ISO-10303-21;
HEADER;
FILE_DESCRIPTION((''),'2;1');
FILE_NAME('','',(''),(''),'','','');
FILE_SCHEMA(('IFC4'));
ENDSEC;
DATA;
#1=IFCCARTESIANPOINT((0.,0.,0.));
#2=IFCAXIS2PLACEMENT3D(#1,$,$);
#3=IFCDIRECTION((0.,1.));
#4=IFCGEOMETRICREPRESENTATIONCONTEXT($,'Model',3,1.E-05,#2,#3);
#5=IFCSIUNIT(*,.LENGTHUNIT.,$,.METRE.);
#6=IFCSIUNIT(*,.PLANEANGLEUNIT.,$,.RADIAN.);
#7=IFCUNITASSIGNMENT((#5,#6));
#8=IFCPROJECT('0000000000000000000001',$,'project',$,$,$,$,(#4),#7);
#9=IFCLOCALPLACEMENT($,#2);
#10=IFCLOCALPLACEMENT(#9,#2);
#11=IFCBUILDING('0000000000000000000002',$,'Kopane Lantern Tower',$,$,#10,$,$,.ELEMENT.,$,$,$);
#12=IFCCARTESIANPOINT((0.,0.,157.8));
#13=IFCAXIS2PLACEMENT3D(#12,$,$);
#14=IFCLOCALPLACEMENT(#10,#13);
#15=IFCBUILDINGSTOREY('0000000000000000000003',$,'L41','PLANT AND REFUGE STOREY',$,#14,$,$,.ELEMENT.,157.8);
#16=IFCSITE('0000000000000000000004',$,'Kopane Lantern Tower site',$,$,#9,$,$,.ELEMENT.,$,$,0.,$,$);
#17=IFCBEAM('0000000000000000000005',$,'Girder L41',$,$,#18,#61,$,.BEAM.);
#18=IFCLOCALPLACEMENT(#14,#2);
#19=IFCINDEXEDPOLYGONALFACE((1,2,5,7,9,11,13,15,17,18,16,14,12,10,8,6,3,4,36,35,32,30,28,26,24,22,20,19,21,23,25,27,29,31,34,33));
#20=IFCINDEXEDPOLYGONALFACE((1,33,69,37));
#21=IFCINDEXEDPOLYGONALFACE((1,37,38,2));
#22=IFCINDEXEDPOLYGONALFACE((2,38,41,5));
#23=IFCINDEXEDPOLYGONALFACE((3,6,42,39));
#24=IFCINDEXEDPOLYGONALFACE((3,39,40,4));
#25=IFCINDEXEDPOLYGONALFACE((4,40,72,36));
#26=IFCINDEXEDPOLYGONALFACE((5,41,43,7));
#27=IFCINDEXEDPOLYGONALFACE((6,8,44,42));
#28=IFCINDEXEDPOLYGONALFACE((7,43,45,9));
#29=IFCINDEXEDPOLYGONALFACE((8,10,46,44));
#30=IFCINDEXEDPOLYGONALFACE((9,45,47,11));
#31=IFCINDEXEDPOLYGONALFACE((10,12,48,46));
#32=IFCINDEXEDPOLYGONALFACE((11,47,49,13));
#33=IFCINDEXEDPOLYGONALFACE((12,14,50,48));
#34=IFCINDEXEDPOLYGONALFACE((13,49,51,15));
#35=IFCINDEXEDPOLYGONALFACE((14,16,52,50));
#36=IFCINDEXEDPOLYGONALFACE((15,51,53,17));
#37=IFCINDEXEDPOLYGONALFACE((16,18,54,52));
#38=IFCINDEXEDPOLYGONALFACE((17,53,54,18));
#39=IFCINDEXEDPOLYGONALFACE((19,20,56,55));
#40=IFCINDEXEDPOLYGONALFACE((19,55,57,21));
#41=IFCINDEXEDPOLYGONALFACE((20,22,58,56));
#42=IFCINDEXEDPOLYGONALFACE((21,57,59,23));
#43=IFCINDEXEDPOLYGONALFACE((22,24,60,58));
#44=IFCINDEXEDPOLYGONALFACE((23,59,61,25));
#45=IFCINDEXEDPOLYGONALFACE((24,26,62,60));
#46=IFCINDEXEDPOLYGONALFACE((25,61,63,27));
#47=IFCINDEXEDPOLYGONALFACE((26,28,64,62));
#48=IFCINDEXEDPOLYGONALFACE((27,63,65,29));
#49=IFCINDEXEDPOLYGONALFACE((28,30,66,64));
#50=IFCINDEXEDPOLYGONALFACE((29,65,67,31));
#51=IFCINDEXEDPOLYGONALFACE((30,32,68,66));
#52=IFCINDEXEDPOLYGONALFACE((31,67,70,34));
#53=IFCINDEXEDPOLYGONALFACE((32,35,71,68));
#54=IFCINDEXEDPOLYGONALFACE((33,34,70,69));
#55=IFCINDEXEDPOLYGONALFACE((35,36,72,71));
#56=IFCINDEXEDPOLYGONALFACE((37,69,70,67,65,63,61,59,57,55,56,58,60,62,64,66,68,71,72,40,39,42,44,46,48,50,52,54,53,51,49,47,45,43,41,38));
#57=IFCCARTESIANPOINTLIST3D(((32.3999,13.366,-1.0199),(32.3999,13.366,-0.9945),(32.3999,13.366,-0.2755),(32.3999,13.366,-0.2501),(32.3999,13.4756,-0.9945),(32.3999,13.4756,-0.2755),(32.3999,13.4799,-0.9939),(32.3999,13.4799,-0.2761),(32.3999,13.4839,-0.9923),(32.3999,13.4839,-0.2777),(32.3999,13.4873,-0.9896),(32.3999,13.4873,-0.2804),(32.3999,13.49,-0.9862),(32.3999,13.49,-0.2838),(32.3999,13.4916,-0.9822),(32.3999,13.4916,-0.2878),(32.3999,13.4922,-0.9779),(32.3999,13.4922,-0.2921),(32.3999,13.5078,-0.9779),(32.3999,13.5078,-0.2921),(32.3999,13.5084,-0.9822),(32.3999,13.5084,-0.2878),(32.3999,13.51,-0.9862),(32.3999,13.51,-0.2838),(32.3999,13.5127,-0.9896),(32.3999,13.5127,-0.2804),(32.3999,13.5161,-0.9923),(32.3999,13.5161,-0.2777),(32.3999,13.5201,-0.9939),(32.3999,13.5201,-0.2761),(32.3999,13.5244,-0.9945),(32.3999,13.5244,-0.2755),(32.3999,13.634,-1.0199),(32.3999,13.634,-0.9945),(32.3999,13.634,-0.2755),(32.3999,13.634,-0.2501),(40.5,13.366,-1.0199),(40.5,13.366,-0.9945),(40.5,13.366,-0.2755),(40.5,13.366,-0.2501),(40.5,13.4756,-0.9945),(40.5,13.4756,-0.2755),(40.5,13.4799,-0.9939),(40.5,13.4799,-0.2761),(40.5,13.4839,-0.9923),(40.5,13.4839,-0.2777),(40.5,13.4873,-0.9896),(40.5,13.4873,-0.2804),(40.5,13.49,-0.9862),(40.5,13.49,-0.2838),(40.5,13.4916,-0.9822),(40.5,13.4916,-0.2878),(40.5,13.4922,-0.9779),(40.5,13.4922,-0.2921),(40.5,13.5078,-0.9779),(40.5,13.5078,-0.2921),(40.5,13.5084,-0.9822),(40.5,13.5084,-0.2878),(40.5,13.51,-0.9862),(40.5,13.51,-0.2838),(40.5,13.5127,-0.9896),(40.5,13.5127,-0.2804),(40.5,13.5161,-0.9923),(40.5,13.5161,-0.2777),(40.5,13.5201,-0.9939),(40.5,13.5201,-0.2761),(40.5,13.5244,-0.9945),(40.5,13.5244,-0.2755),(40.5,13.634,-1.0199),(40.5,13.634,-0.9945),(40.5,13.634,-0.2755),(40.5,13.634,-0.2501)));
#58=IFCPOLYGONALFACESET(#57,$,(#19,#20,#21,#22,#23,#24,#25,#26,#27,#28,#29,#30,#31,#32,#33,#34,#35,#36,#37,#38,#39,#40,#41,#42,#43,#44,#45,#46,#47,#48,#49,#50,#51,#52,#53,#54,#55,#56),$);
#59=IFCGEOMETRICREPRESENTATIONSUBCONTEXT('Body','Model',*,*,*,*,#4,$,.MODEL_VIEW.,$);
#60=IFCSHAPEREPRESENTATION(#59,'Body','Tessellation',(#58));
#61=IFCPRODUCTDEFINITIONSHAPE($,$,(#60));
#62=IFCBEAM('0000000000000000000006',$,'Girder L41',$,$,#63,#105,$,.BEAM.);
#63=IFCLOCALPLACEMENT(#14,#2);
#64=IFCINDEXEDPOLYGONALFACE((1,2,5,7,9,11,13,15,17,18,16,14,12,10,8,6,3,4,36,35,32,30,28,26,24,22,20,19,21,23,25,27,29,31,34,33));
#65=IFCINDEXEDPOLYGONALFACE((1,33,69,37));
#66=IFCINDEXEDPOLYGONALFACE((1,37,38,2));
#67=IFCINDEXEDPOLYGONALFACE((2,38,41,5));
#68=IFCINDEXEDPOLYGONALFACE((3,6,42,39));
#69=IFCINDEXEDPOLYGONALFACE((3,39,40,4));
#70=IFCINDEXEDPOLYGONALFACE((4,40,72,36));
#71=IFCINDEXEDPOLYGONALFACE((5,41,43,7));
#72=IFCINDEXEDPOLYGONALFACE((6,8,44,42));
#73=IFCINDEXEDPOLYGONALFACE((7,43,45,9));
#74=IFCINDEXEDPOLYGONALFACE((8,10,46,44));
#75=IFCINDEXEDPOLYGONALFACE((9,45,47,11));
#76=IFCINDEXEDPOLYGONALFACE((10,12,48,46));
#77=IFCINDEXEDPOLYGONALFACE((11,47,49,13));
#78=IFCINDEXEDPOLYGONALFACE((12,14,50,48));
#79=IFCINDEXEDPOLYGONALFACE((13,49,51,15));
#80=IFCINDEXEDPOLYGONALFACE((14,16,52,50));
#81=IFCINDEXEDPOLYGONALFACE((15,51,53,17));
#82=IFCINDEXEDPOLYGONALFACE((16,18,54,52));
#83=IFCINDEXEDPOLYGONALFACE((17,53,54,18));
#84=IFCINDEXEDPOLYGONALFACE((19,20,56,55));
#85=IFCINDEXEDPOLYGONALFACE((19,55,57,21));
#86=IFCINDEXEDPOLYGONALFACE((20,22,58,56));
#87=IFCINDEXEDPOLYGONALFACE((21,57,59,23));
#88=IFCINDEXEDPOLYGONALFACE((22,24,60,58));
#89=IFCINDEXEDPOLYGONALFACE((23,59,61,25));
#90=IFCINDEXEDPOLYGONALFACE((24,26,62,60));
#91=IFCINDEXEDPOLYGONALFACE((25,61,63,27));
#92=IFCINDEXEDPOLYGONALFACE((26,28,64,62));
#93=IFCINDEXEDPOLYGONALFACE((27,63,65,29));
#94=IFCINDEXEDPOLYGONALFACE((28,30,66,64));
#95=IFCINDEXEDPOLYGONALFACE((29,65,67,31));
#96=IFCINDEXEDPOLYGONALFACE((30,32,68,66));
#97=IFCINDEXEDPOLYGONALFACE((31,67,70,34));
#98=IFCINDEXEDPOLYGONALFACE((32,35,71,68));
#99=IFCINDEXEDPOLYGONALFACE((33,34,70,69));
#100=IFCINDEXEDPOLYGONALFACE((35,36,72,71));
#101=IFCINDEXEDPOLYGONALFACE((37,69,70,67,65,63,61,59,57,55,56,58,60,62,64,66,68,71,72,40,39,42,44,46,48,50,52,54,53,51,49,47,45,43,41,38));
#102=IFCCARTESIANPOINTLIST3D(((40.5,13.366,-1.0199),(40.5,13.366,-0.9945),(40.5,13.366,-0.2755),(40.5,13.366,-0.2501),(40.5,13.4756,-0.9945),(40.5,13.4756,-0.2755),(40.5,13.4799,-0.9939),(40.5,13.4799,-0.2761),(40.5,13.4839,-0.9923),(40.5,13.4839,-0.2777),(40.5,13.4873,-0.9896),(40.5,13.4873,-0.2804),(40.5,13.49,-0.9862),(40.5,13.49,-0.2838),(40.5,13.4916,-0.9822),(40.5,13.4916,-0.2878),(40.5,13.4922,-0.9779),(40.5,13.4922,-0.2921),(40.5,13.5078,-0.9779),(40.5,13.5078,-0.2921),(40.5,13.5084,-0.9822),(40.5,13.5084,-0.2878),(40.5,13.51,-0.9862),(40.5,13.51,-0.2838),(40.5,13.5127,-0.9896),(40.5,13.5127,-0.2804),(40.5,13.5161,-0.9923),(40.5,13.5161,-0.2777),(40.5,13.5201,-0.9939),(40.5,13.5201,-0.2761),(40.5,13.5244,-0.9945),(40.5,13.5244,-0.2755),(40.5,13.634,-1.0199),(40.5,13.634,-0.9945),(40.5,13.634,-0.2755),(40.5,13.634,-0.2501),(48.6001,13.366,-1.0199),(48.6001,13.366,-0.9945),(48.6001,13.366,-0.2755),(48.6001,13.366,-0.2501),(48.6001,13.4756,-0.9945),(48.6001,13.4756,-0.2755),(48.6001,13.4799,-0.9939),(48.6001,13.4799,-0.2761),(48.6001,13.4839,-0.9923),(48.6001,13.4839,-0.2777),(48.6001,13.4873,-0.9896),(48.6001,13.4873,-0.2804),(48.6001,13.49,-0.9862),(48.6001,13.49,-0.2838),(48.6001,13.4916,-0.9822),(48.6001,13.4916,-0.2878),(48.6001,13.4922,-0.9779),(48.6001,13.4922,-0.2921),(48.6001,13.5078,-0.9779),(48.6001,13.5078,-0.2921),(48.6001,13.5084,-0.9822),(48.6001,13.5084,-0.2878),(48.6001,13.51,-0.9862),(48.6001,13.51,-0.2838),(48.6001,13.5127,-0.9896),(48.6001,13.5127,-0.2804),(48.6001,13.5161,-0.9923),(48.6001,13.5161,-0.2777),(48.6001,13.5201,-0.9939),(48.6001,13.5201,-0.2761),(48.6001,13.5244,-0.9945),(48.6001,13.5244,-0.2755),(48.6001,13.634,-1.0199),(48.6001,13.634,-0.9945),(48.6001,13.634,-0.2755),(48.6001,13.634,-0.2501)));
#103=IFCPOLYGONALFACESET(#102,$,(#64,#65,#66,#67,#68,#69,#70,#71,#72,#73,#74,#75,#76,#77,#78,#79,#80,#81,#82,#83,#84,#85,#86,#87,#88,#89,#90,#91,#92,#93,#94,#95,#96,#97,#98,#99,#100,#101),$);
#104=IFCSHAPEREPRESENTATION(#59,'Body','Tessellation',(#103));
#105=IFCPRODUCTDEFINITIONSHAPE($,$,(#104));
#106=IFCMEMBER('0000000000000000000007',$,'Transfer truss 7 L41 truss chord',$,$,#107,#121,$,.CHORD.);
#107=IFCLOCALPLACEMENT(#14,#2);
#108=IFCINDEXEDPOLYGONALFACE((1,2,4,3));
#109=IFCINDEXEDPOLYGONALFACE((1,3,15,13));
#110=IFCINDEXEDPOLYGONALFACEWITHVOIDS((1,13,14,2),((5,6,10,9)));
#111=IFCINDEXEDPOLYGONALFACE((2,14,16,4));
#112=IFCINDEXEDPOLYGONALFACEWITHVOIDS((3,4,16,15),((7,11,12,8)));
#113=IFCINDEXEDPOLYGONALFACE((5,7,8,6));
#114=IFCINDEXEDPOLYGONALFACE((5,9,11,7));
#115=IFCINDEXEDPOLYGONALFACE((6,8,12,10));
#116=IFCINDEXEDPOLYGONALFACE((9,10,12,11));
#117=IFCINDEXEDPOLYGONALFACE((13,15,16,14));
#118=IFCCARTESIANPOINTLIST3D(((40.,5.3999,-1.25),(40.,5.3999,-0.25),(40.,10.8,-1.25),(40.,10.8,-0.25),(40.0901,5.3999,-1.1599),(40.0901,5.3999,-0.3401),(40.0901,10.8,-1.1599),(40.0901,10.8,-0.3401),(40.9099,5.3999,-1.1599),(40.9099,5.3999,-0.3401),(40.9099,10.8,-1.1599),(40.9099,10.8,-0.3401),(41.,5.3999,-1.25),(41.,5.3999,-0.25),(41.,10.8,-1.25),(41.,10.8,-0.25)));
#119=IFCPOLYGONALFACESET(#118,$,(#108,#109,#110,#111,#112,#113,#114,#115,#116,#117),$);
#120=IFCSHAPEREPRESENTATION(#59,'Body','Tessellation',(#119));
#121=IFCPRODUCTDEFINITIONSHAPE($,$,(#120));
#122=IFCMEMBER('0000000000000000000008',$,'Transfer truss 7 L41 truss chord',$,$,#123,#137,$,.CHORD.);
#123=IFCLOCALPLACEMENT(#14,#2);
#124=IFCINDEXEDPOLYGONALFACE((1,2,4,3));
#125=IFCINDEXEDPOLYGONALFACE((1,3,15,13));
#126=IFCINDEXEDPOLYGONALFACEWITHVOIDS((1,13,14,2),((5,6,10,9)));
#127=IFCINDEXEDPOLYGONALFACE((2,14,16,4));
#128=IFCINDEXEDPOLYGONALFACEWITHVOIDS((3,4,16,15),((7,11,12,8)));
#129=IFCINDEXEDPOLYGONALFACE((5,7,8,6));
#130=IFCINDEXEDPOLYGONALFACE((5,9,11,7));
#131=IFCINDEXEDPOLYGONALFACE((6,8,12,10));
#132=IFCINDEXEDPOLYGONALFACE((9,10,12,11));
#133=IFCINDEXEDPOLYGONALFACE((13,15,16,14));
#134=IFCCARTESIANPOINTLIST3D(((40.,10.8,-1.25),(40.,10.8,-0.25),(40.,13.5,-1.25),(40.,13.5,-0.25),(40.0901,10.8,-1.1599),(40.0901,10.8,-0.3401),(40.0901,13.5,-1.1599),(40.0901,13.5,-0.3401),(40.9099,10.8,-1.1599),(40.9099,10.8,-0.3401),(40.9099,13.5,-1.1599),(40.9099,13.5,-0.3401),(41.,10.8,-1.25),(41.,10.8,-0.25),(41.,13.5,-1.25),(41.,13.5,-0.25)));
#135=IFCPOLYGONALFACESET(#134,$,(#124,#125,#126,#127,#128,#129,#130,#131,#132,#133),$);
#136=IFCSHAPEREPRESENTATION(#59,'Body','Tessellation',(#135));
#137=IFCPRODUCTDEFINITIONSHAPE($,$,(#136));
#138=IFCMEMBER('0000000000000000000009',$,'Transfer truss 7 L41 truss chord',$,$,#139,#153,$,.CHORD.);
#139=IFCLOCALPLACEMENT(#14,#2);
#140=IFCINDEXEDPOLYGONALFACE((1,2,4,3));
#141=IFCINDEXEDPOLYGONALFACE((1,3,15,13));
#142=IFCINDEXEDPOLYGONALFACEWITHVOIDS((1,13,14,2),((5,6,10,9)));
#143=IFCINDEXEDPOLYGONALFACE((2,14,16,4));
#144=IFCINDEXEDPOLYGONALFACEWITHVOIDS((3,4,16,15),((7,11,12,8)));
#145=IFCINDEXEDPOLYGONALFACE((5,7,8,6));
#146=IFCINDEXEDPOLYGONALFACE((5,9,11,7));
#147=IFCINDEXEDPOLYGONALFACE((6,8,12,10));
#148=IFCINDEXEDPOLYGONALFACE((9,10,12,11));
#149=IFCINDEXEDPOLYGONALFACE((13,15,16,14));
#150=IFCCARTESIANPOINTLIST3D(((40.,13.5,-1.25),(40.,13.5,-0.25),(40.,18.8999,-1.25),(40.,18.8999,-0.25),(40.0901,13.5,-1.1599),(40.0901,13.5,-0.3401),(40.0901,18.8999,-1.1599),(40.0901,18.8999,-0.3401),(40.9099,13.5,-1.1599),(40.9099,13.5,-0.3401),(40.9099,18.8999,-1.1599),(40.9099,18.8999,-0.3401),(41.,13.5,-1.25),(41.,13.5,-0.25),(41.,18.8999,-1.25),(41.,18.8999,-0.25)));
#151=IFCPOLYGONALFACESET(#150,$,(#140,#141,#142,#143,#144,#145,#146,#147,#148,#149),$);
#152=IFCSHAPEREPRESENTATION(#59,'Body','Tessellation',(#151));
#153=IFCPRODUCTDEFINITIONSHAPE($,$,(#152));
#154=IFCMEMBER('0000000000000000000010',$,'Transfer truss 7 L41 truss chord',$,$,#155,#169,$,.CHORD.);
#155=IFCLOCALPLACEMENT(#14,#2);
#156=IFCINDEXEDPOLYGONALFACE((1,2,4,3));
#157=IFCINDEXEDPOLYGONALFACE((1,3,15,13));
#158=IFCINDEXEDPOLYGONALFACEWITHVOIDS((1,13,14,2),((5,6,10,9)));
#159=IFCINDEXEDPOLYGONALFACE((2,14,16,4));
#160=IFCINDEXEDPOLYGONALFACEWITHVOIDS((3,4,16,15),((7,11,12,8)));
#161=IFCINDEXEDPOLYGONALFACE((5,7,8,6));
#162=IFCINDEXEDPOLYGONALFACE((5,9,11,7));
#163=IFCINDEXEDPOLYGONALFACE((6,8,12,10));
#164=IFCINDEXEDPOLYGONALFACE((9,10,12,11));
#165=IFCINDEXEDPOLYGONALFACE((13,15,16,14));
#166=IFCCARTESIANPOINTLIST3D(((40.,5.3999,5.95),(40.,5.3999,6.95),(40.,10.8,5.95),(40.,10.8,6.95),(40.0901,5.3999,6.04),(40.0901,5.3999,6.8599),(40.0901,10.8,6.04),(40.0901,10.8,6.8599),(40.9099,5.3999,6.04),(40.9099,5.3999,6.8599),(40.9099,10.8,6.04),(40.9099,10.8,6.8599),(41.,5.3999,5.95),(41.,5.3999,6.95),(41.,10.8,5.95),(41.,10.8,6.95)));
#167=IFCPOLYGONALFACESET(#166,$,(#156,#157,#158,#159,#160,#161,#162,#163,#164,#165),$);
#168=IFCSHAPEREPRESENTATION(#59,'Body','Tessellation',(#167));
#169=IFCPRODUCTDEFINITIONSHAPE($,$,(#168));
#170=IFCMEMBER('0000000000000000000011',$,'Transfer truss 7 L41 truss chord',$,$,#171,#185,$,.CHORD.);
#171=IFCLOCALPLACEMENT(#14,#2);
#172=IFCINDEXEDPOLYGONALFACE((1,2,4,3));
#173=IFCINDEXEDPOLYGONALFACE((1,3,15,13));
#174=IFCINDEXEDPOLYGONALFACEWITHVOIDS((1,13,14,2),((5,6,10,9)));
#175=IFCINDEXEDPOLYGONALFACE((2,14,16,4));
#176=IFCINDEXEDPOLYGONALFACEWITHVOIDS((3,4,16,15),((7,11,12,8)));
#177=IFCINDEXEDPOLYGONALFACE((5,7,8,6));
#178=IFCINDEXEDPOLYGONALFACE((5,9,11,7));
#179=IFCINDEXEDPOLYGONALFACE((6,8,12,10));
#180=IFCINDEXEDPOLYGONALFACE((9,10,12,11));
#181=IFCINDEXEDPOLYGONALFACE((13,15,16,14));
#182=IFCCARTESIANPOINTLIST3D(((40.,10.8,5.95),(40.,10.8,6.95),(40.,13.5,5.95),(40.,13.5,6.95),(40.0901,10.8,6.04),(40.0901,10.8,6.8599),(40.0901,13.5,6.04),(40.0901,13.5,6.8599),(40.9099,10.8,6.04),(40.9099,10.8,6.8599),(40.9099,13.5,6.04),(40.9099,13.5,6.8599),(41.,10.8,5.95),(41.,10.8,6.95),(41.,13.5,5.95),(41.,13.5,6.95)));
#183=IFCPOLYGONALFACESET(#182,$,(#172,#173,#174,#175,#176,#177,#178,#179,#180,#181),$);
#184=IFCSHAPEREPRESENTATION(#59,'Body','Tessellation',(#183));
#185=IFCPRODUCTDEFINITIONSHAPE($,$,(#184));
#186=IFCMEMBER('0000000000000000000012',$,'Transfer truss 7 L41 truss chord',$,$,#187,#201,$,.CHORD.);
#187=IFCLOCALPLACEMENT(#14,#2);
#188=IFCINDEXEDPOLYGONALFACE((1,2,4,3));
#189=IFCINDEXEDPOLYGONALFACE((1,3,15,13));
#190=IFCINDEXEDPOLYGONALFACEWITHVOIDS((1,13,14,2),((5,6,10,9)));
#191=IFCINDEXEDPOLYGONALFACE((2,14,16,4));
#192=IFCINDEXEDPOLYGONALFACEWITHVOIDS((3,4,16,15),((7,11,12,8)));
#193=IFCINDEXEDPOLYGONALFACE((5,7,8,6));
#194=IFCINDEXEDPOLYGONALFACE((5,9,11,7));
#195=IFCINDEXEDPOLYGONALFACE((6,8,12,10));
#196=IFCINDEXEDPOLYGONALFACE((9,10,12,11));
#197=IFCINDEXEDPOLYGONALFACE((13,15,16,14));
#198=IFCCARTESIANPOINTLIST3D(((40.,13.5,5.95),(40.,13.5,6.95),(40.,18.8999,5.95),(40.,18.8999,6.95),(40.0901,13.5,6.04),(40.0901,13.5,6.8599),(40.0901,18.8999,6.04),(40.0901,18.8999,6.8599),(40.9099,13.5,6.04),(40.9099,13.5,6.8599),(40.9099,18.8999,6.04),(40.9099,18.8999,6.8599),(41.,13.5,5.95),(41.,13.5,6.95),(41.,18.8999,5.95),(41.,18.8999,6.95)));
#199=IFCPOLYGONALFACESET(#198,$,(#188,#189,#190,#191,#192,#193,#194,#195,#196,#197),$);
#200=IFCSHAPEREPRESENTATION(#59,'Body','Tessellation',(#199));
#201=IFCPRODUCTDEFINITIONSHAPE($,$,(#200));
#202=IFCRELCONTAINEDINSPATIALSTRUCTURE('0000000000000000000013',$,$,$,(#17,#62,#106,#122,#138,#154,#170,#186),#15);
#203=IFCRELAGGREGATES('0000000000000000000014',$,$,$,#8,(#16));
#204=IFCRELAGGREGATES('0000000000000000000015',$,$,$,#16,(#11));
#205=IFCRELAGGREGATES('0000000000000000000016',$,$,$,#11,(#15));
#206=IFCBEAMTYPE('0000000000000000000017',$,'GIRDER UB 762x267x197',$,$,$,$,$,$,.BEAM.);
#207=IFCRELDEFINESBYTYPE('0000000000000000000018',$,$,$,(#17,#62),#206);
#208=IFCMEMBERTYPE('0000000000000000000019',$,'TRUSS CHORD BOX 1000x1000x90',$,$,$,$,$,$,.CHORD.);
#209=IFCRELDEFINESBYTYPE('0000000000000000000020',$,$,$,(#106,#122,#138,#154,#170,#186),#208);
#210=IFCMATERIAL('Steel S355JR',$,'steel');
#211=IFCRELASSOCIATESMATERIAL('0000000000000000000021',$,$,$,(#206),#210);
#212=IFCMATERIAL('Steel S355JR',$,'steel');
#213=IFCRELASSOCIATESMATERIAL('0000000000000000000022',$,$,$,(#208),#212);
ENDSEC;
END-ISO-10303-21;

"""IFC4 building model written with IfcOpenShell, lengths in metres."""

from ifc_helpers import new_model, si_unit, direction, frame, origin, origin_2d, place, context, subcontext, project, spatial, hollow_rectangle, i_section, extrude, material, material_profile, profile_set, type_object, element, save


model = new_model("IFC4")

# Units and contexts
model_context = context("Model", 3, precision=1e-05, world=origin(), true_north=direction((0.0, 1.0)))
body_context = subcontext(model_context, "Body", "Model", "MODEL_VIEW")
ifc_project = project(units=[si_unit("LENGTHUNIT", "METRE"), si_unit("PLANEANGLEUNIT", "RADIAN")], contexts=[model_context])

# Site, building, storey
site_placement = place(None, origin())
site = spatial("IfcSite", under=ifc_project, at=site_placement, Name="Kopane Lantern Tower site", CompositionType="ELEMENT", RefElevation=0.0)
building_placement = place(site_placement, origin())
building = spatial("IfcBuilding", under=site, at=building_placement, Name="Kopane Lantern Tower", CompositionType="ELEMENT")
storey_placement = place(building_placement, frame((0.0, 0.0, 157.8)))
storey = spatial("IfcBuildingStorey", under=building, at=storey_placement, Name="L41", Description="PLANT AND REFUGE STOREY", CompositionType="ELEMENT", Elevation=157.8)

# Beams
ifc_material_1 = material(Name="Steel S355JR", Category="steel")
ifc_material_profile_1 = material_profile(ifc_material_1, i_section(OverallWidth=0.2681, OverallDepth=0.7698, WebThickness=0.0156, FlangeThickness=0.0254, FilletRadius=0.0166, at=origin_2d()), Name="UB 762x267x197")
ifc_profile_set_1 = profile_set([ifc_material_profile_1], Name="Steel S355JR")
beam_type = type_object("IfcBeamType", Name="GIRDER UB 762x267x197", PredefinedType="BEAM", material=ifc_profile_set_1)
for number, where, z_axis, x_axis, name in (
    (1, (32.3999, 13.5, -0.635), (1.0, 0.0, 0.0), (0.0, 1.0, 0.0), "Girder L41"),
    (2, (40.5, 13.5, -0.635), (1.0, 0.0, 0.0), (0.0, 1.0, 0.0), "Girder L41"),
):
    element("IfcBeam", number, at=place(storey_placement, frame(where, z_axis=z_axis, x_axis=x_axis)), inside=storey, type_object=beam_type, Name=name, PredefinedType="BEAM", context=body_context, shape_type="SweptSolid", body=[
        extrude(i_section(OverallWidth=0.2681, OverallDepth=0.7698, WebThickness=0.0156, FlangeThickness=0.0254, FilletRadius=0.0166, at=origin_2d()), origin(), (0.0, 0.0, 1.0), 8.1001),
    ])

# Members
ifc_material_2 = material(Name="Steel S355JR", Category="steel")
ifc_material_profile_2 = material_profile(ifc_material_2, hollow_rectangle(XDim=1.0, YDim=1.0, WallThickness=0.0901, at=origin_2d()), Name="BOX 1000x1000x90")
ifc_profile_set_2 = profile_set([ifc_material_profile_2], Name="Steel S355JR")
member_type_1 = type_object("IfcMemberType", Name="TRUSS CHORD BOX 1000x1000x90", PredefinedType="CHORD", material=ifc_profile_set_2)
member_1_placement = place(storey_placement, frame((40.5, 5.3999, -0.75), z_axis=(0.0, 1.0, 0.0), x_axis=(-1.0, 0.0, 0.0)))
element("IfcMember", 3, at=member_1_placement, inside=storey, type_object=member_type_1, Name="Transfer truss 7 L41 truss chord", PredefinedType="CHORD", context=body_context, shape_type="SweptSolid", body=[
    extrude(hollow_rectangle(XDim=1.0, YDim=1.0, WallThickness=0.0901, at=origin_2d()), origin(), (0.0, 0.0, 1.0), 5.4001),
])
member_2_placement = place(storey_placement, frame((40.5, 10.8, -0.75), z_axis=(0.0, 1.0, 0.0), x_axis=(-1.0, 0.0, 0.0)))
element("IfcMember", 4, at=member_2_placement, inside=storey, type_object=member_type_1, Name="Transfer truss 7 L41 truss chord", PredefinedType="CHORD", context=body_context, shape_type="SweptSolid", body=[
    extrude(hollow_rectangle(XDim=1.0, YDim=1.0, WallThickness=0.0901, at=origin_2d()), origin(), (0.0, 0.0, 1.0), 2.7),
])
member_3_placement = place(storey_placement, frame((40.5, 13.5, -0.75), z_axis=(0.0, 1.0, 0.0), x_axis=(-1.0, 0.0, 0.0)))
element("IfcMember", 5, at=member_3_placement, inside=storey, type_object=member_type_1, Name="Transfer truss 7 L41 truss chord", PredefinedType="CHORD", context=body_context, shape_type="SweptSolid", body=[
    extrude(hollow_rectangle(XDim=1.0, YDim=1.0, WallThickness=0.0901, at=origin_2d()), origin(), (0.0, 0.0, 1.0), 5.3999),
])
member_4_placement = place(storey_placement, frame((40.5, 5.3999, 6.45), z_axis=(0.0, 1.0, 0.0), x_axis=(-1.0, 0.0, 0.0)))
element("IfcMember", 6, at=member_4_placement, inside=storey, type_object=member_type_1, Name="Transfer truss 7 L41 truss chord", PredefinedType="CHORD", context=body_context, shape_type="SweptSolid", body=[
    extrude(hollow_rectangle(XDim=1.0, YDim=1.0, WallThickness=0.0901, at=origin_2d()), origin(), (0.0, 0.0, 1.0), 5.4001),
])
member_5_placement = place(storey_placement, frame((40.5, 10.8, 6.45), z_axis=(0.0, 1.0, 0.0), x_axis=(-1.0, 0.0, 0.0)))
element("IfcMember", 7, at=member_5_placement, inside=storey, type_object=member_type_1, Name="Transfer truss 7 L41 truss chord", PredefinedType="CHORD", context=body_context, shape_type="SweptSolid", body=[
    extrude(hollow_rectangle(XDim=1.0, YDim=1.0, WallThickness=0.0901, at=origin_2d()), origin(), (0.0, 0.0, 1.0), 2.7),
])
member_6_placement = place(storey_placement, frame((40.5, 13.5, 6.45), z_axis=(0.0, 1.0, 0.0), x_axis=(-1.0, 0.0, 0.0)))
element("IfcMember", 8, at=member_6_placement, inside=storey, type_object=member_type_1, Name="Transfer truss 7 L41 truss chord", PredefinedType="CHORD", context=body_context, shape_type="SweptSolid", body=[
    extrude(hollow_rectangle(XDim=1.0, YDim=1.0, WallThickness=0.0901, at=origin_2d()), origin(), (0.0, 0.0, 1.0), 5.3999),
])

save(model, "model.ifc")
